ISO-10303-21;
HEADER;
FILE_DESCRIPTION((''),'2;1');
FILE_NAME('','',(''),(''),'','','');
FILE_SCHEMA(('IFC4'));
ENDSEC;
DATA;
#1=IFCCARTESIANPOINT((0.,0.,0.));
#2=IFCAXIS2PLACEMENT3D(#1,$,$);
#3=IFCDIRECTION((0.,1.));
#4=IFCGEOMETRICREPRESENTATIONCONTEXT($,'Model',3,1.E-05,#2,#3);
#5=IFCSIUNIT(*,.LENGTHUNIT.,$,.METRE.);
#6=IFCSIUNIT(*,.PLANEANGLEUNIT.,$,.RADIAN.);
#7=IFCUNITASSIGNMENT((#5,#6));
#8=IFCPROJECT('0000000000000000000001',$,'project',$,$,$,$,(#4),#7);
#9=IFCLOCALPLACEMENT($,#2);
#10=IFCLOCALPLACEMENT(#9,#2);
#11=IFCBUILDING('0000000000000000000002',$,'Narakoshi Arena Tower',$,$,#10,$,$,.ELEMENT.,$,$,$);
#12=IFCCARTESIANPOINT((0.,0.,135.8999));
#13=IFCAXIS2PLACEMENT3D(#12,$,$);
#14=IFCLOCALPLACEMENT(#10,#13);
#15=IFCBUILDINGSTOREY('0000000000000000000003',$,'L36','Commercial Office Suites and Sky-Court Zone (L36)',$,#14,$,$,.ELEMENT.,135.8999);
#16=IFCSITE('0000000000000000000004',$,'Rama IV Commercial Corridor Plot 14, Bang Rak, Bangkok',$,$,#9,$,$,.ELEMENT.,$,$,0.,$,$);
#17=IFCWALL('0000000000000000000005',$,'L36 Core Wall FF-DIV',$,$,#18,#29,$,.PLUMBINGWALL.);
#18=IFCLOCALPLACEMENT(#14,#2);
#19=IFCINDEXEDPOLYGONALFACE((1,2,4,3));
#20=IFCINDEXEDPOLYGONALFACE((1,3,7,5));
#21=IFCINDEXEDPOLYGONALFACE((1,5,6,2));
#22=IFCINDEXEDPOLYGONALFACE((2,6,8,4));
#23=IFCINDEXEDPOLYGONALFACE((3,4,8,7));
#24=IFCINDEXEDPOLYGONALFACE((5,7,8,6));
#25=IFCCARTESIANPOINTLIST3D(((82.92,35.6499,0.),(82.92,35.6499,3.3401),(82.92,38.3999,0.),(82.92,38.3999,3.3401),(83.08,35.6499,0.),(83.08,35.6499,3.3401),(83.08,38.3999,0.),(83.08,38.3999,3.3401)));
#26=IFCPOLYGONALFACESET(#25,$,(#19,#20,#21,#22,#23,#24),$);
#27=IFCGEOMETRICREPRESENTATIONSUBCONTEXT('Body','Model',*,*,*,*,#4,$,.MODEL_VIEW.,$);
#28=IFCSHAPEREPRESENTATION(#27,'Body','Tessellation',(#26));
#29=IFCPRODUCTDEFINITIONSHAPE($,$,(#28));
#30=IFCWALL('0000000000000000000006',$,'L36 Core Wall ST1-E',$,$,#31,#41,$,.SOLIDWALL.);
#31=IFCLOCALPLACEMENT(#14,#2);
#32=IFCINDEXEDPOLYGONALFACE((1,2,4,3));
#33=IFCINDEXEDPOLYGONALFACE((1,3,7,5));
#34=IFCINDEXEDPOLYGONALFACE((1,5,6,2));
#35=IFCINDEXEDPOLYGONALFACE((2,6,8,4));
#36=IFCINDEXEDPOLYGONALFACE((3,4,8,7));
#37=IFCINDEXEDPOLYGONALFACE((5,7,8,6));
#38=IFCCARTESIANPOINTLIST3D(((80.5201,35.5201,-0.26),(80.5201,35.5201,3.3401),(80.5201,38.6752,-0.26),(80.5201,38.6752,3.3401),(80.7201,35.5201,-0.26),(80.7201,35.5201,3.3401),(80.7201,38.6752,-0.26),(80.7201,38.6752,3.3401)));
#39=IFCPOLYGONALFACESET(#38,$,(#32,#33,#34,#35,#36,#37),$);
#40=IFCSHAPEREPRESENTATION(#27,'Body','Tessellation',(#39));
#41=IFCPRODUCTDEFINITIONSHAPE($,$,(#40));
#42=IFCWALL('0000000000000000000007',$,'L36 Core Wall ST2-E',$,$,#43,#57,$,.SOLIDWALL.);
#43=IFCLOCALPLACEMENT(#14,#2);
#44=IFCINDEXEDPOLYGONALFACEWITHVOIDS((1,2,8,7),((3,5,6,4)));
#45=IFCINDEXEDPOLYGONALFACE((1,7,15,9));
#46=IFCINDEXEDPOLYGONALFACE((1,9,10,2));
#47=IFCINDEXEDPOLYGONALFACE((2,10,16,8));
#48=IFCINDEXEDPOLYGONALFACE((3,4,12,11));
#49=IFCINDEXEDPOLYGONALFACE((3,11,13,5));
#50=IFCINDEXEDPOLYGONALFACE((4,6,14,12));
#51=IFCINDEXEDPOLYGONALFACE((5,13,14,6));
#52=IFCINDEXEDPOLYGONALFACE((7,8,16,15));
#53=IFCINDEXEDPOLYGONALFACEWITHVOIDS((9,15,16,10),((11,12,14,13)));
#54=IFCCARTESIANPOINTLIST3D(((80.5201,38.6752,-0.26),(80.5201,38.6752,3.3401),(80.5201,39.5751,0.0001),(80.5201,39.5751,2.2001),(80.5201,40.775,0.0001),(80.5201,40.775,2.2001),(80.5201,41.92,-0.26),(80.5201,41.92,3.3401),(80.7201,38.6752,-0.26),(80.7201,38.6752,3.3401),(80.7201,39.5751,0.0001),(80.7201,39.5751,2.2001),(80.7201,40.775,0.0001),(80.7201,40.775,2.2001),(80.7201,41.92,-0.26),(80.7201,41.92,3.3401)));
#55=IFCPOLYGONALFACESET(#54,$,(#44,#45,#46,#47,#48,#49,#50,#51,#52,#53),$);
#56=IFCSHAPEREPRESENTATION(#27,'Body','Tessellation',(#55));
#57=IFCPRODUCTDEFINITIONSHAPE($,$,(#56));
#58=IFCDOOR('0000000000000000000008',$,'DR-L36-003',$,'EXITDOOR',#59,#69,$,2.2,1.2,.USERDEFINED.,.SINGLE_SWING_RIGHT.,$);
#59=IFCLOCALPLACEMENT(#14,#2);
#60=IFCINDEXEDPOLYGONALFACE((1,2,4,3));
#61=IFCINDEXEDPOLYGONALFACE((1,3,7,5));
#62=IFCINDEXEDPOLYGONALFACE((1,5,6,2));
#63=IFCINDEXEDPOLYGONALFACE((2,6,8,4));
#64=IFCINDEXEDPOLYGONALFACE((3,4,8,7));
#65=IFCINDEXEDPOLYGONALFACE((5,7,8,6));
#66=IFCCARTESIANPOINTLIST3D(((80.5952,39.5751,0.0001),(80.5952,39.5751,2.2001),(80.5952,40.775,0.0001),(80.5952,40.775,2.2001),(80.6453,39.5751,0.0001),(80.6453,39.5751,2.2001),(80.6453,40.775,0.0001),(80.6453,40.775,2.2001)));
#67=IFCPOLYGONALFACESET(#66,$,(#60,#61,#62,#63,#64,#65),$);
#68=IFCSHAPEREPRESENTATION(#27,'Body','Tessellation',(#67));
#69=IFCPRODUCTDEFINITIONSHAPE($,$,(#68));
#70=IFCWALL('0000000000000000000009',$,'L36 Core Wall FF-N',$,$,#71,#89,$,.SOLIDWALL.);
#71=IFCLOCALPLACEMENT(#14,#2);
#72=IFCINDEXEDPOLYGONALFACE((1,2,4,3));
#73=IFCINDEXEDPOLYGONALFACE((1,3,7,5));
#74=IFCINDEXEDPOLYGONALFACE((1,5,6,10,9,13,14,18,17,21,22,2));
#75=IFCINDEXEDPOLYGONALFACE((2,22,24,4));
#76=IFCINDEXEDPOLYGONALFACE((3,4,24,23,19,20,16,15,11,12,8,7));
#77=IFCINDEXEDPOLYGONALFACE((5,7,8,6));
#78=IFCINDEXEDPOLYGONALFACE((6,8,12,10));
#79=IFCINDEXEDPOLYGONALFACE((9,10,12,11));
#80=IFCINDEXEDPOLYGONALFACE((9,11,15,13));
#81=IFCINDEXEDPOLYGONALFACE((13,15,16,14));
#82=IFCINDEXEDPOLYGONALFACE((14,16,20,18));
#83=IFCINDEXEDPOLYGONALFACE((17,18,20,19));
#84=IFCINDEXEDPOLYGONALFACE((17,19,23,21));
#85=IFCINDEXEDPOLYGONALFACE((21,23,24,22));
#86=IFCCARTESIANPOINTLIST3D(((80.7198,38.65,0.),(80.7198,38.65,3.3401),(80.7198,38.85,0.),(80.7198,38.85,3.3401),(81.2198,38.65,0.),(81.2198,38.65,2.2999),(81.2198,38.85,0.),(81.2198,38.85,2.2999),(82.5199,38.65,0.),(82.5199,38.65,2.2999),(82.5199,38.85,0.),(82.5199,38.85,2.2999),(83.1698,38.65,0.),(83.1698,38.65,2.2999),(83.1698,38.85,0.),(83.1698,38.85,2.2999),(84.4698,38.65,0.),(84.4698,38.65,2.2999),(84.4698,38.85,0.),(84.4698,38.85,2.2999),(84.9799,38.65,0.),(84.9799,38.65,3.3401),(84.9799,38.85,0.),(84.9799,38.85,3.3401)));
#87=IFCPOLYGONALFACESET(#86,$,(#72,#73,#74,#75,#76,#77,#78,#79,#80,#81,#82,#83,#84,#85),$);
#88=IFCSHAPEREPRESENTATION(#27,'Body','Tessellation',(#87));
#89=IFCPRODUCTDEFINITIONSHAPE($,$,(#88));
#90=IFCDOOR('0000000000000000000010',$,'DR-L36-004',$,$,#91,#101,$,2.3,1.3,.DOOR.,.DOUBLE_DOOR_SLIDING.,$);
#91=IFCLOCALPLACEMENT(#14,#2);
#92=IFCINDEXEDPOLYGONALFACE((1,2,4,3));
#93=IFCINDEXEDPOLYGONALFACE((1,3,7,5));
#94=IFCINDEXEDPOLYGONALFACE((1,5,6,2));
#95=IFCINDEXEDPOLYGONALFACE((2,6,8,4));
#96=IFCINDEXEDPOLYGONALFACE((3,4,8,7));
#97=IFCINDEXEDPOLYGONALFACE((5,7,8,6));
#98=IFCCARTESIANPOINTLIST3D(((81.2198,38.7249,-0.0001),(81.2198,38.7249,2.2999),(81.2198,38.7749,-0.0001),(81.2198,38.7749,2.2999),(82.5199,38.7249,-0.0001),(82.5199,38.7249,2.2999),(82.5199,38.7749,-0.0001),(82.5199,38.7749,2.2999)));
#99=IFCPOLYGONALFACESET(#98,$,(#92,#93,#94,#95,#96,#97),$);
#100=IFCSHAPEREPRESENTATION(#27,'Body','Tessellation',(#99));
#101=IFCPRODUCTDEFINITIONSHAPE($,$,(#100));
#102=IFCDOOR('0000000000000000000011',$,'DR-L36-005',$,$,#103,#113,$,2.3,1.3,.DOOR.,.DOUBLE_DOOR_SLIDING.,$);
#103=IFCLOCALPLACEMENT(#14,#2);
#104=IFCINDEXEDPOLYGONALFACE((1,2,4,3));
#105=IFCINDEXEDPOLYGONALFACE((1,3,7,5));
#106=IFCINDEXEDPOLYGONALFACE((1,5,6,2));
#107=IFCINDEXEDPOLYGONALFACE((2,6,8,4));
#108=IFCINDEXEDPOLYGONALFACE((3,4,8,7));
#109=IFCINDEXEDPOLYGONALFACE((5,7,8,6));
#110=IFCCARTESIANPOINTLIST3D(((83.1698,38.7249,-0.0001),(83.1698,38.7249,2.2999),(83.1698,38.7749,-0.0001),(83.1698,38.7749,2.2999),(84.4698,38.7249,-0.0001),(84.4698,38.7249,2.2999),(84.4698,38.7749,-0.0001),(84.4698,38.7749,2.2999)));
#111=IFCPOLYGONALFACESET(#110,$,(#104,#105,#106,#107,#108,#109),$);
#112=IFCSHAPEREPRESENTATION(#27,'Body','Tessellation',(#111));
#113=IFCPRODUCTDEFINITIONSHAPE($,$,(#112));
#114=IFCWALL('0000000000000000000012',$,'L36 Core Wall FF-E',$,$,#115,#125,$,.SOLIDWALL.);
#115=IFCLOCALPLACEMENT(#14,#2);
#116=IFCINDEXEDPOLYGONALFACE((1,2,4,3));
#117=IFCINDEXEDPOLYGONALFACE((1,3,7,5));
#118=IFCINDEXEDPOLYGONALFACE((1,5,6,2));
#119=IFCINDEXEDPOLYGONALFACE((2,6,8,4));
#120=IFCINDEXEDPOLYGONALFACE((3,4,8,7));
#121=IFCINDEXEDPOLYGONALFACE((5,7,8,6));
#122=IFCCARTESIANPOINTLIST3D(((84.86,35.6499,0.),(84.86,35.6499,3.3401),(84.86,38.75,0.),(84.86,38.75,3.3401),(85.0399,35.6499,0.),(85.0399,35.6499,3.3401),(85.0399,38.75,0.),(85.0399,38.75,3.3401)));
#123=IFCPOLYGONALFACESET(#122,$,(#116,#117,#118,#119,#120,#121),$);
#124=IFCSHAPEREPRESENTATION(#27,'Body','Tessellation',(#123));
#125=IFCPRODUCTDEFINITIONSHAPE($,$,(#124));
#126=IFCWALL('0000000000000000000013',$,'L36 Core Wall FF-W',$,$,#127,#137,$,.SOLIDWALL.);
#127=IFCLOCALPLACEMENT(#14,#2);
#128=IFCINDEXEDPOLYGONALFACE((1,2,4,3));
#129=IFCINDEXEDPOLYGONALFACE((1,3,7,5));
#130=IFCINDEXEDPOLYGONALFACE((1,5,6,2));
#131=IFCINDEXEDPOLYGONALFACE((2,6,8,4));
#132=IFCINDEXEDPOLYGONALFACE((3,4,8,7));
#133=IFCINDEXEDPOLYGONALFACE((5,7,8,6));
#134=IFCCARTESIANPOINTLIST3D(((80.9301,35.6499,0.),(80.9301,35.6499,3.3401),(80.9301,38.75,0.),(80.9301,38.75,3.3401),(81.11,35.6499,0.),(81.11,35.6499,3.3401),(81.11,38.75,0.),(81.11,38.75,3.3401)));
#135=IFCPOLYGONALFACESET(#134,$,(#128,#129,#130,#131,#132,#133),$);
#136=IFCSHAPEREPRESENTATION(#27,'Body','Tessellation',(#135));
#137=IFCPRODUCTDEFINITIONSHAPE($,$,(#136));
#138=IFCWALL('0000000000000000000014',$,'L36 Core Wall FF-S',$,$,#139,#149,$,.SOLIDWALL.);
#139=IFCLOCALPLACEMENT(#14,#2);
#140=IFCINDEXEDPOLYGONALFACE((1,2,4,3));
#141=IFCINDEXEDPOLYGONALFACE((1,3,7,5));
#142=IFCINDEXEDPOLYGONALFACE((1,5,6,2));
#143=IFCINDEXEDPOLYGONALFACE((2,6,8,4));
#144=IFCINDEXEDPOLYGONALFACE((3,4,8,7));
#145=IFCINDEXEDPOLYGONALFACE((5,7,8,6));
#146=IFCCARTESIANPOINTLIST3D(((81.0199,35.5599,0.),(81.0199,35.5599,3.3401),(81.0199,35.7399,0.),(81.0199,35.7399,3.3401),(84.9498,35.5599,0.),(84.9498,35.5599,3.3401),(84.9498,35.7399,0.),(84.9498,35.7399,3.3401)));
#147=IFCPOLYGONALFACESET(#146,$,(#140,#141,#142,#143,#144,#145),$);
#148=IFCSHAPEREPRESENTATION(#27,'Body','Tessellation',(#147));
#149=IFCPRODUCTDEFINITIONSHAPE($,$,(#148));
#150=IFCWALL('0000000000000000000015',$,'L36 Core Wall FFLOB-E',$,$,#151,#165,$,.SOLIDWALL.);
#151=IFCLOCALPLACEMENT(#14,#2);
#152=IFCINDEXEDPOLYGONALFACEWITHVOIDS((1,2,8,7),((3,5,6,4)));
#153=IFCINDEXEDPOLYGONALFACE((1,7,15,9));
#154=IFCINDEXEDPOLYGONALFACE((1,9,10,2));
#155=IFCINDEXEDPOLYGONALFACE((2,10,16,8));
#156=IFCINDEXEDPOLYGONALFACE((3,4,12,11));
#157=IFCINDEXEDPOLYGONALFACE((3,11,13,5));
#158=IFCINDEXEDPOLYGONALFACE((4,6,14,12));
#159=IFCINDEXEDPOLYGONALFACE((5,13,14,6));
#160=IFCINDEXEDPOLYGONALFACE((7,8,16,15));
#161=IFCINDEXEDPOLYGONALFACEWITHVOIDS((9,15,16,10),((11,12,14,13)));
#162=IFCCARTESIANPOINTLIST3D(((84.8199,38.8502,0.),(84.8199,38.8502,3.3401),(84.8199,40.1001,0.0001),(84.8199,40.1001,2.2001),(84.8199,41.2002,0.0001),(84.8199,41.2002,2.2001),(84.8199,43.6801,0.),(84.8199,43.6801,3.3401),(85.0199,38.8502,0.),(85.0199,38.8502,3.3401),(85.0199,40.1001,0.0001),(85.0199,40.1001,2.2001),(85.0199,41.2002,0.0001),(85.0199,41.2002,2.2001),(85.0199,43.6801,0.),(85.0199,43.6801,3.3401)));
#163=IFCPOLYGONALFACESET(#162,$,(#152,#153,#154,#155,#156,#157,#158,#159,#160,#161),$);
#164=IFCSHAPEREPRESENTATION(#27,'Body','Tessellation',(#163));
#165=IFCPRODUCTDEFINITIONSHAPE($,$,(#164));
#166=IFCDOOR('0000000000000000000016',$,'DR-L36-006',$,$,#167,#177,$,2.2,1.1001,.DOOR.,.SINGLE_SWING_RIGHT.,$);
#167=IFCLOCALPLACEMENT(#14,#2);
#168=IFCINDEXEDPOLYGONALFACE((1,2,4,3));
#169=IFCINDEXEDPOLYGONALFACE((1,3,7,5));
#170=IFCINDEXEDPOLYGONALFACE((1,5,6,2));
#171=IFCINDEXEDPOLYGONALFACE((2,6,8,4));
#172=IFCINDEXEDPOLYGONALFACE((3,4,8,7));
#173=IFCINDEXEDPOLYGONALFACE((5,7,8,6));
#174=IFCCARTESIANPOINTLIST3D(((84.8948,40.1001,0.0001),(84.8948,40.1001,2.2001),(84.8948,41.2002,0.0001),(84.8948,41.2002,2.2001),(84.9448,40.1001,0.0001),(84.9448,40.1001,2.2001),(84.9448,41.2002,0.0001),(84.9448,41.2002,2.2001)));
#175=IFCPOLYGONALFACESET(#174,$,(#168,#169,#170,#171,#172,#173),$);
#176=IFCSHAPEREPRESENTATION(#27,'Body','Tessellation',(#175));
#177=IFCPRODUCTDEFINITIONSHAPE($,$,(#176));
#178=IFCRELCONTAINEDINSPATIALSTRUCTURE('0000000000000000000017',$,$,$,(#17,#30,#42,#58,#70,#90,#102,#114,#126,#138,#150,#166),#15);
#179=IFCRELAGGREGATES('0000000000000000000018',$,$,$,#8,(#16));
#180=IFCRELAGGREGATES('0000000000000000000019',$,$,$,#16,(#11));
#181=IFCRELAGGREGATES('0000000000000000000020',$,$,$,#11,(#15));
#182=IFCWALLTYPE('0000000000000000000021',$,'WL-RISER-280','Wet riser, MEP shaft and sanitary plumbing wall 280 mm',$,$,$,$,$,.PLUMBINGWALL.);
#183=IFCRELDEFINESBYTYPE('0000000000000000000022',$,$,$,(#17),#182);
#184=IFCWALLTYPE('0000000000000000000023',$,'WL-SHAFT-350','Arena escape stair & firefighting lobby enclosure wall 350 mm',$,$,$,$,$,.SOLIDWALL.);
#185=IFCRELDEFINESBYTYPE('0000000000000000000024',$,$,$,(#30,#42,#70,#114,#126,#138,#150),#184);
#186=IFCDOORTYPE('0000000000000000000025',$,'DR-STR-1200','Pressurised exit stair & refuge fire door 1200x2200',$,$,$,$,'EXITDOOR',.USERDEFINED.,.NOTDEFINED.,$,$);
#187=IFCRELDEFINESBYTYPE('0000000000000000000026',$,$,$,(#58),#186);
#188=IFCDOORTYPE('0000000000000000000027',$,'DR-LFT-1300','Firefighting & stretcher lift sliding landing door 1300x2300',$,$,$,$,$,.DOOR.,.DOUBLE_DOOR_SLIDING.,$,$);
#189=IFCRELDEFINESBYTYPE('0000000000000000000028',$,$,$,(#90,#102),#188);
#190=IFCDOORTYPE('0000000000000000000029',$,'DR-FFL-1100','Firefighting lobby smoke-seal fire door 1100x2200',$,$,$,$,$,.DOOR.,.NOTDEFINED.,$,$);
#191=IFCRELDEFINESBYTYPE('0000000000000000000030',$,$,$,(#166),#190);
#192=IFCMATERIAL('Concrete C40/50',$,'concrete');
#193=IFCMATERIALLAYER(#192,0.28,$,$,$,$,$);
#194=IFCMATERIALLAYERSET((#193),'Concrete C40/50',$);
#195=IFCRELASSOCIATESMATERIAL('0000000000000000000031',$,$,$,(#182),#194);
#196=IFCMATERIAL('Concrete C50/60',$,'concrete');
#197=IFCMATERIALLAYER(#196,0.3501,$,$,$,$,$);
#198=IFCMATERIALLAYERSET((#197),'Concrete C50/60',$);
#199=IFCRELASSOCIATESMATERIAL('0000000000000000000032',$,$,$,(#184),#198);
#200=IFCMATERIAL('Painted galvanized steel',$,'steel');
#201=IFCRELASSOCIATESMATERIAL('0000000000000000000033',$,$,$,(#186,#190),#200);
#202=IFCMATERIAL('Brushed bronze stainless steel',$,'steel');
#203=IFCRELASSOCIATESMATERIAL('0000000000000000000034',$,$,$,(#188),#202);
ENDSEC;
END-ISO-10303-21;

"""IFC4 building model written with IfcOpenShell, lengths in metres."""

from ifc_helpers import new_model, si_unit, direction, frame, frame_2d, origin, place, context, subcontext, project, spatial, rectangle, extrude, material, layer, layer_set, type_object, element, fill, save


model = new_model("IFC4")

# Units and contexts
model_context = context("Model", 3, precision=1e-05, world=origin(), true_north=direction((0.0, 1.0)))
body_context = subcontext(model_context, "Body", "Model", "MODEL_VIEW")
ifc_project = project(units=[si_unit("LENGTHUNIT", "METRE"), si_unit("PLANEANGLEUNIT", "RADIAN")], contexts=[model_context])

# Site, building, storey
site_placement = place(None, origin())
site = spatial("IfcSite", under=ifc_project, at=site_placement, Name="Rama IV Commercial Corridor Plot 14, Bang Rak, Bangkok", CompositionType="ELEMENT", RefElevation=0.0)
building_placement = place(site_placement, origin())
building = spatial("IfcBuilding", under=site, at=building_placement, Name="Narakoshi Arena Tower", CompositionType="ELEMENT")
storey_placement = place(building_placement, frame((0.0, 0.0, 135.8999)))
storey = spatial("IfcBuildingStorey", under=building, at=storey_placement, Name="L36", Description="Commercial Office Suites and Sky-Court Zone (L36)", CompositionType="ELEMENT", Elevation=135.8999)

# Walls
ifc_material_1 = material(Name="Concrete C40/50", Category="concrete")
ifc_layer_1 = layer(ifc_material_1, 0.28)
ifc_layer_set_1 = layer_set([ifc_layer_1], Name="Concrete C40/50")
wall_type_1 = type_object("IfcWallType", Name="WL-RISER-280", Description="Wet riser, MEP shaft and sanitary plumbing wall 280 mm", PredefinedType="PLUMBINGWALL", material=ifc_layer_set_1)
wall_1_placement = place(storey_placement, frame((83.0, 35.6499, 0.0), z_axis=(0.0, 0.0, 1.0), x_axis=(0.0, 1.0, 0.0)))
element("IfcWall", 1, at=wall_1_placement, inside=storey, type_object=wall_type_1, Name="L36 Core Wall FF-DIV", PredefinedType="PLUMBINGWALL", context=body_context, shape_type="SweptSolid", body=[
    extrude(rectangle(XDim=2.75, YDim=0.1599, at=frame_2d((1.375, 0.0))), origin(), (0.0, 0.0, 1.0), 3.3401),
])
ifc_material_2 = material(Name="Concrete C50/60", Category="concrete")
ifc_layer_2 = layer(ifc_material_2, 0.3501)
ifc_layer_set_2 = layer_set([ifc_layer_2], Name="Concrete C50/60")
wall_type_2 = type_object("IfcWallType", Name="WL-SHAFT-350", Description="Arena escape stair & firefighting lobby enclosure wall 350 mm", PredefinedType="SOLIDWALL", material=ifc_layer_set_2)
wall_2_placement = place(storey_placement, frame((80.6201, 35.52, -0.26), z_axis=(0.0, 0.0, 1.0), x_axis=(0.0, 1.0, 0.0)))
element("IfcWall", 2, at=wall_2_placement, inside=storey, type_object=wall_type_2, Name="L36 Core Wall ST1-E", PredefinedType="SOLIDWALL", context=body_context, shape_type="SweptSolid", body=[
    extrude(rectangle(XDim=3.155, YDim=0.2, at=frame_2d((1.5776, 0.0))), origin(), (0.0, 0.0, 1.0), 3.6001),
])

# Wall, opening, door
wall_3_placement = place(storey_placement, frame((80.6201, 38.675, -0.26), z_axis=(0.0, 0.0, 1.0), x_axis=(0.0, 1.0, 0.0)))
wall_3 = element("IfcWall", 3, at=wall_3_placement, inside=storey, type_object=wall_type_2, Name="L36 Core Wall ST2-E", PredefinedType="SOLIDWALL", context=body_context, shape_type="SweptSolid", body=[
    extrude(rectangle(XDim=3.2449, YDim=0.2, at=frame_2d((1.6226, 0.0))), origin(), (0.0, 0.0, 1.0), 3.6001),
])
opening_1_placement = place(wall_3_placement, frame((0.8999, 0.0, 0.26)))
opening_1 = element("IfcOpeningElement", 4, at=opening_1_placement, cuts=wall_3, PredefinedType="OPENING", context=body_context, shape_type="SweptSolid", body=[
    extrude(rectangle(XDim=1.2, YDim=2.2, at=frame_2d((0.6001, 1.1001))), frame((0.0, 0.1099, 0.0), z_axis=(0.0, -1.0, 0.0), x_axis=(1.0, 0.0, 0.0)), (0.0, 0.0, 1.0), 0.22),
])
ifc_material_3 = material(Name="Painted galvanized steel", Category="steel")
door_type_1 = type_object("IfcDoorType", Name="DR-STR-1200", Description="Pressurised exit stair & refuge fire door 1200x2200", ElementType="EXITDOOR", OperationType="NOTDEFINED", PredefinedType="USERDEFINED", material=ifc_material_3)
door_1_placement = place(opening_1_placement, origin())
door_1 = element("IfcDoor", 5, at=door_1_placement, inside=storey, type_object=door_type_1, Name="DR-L36-003", ObjectType="EXITDOOR", OperationType="SINGLE_SWING_RIGHT", OverallHeight=2.2, OverallWidth=1.2, PredefinedType="USERDEFINED", context=body_context, shape_type="SweptSolid", body=[
    extrude(rectangle(XDim=1.2, YDim=2.2, at=frame_2d((0.6001, 1.1001))), frame((0.0, 0.0249, 0.0), z_axis=(0.0, -1.0, 0.0), x_axis=(1.0, 0.0, 0.0)), (0.0, 0.0, 1.0), 0.05),
])
fill(opening_1, door_1)

# Wall, openings, doors
wall_4_placement = place(storey_placement, frame((80.72, 38.75, 0.0), z_axis=(0.0, 0.0, 1.0), x_axis=(1.0, 0.0, 0.0)))
wall_4 = element("IfcWall", 6, at=wall_4_placement, inside=storey, type_object=wall_type_2, Name="L36 Core Wall FF-N", PredefinedType="SOLIDWALL", context=body_context, shape_type="SweptSolid", body=[
    extrude(rectangle(XDim=4.26, YDim=0.2, at=frame_2d((2.1299, 0.0))), origin(), (0.0, 0.0, 1.0), 3.3401),
])
opening_2_placement = place(wall_4_placement, frame((0.5, 0.0, 0.0)))
opening_2 = element("IfcOpeningElement", 7, at=opening_2_placement, cuts=wall_4, PredefinedType="OPENING", context=body_context, shape_type="SweptSolid", body=[
    extrude(rectangle(XDim=1.3, YDim=2.3, at=frame_2d((0.6499, 1.1499))), frame((0.0, 0.1099, 0.0), z_axis=(0.0, -1.0, 0.0), x_axis=(1.0, 0.0, 0.0)), (0.0, 0.0, 1.0), 0.22),
])
opening_3_placement = place(wall_4_placement, frame((2.45, 0.0, 0.0)))
opening_3 = element("IfcOpeningElement", 8, at=opening_3_placement, cuts=wall_4, PredefinedType="OPENING", context=body_context, shape_type="SweptSolid", body=[
    extrude(rectangle(XDim=1.3, YDim=2.3, at=frame_2d((0.6499, 1.1499))), frame((0.0, 0.1099, 0.0), z_axis=(0.0, -1.0, 0.0), x_axis=(1.0, 0.0, 0.0)), (0.0, 0.0, 1.0), 0.22),
])
ifc_material_4 = material(Name="Brushed bronze stainless steel", Category="steel")
door_type_2 = type_object("IfcDoorType", Name="DR-LFT-1300", Description="Firefighting & stretcher lift sliding landing door 1300x2300", OperationType="DOUBLE_DOOR_SLIDING", PredefinedType="DOOR", material=ifc_material_4)
door_2_placement = place(opening_2_placement, origin())
door_2 = element("IfcDoor", 9, at=door_2_placement, inside=storey, type_object=door_type_2, Name="DR-L36-004", OperationType="DOUBLE_DOOR_SLIDING", OverallHeight=2.3, OverallWidth=1.3, PredefinedType="DOOR", context=body_context, shape_type="SweptSolid", body=[
    extrude(rectangle(XDim=1.3, YDim=2.3, at=frame_2d((0.6499, 1.1499))), frame((0.0, 0.0249, 0.0), z_axis=(0.0, -1.0, 0.0), x_axis=(1.0, 0.0, 0.0)), (0.0, 0.0, 1.0), 0.05),
])
fill(opening_2, door_2)
door_3_placement = place(opening_3_placement, origin())
door_3 = element("IfcDoor", 10, at=door_3_placement, inside=storey, type_object=door_type_2, Name="DR-L36-005", OperationType="DOUBLE_DOOR_SLIDING", OverallHeight=2.3, OverallWidth=1.3, PredefinedType="DOOR", context=body_context, shape_type="SweptSolid", body=[
    extrude(rectangle(XDim=1.3, YDim=2.3, at=frame_2d((0.6499, 1.1499))), frame((0.0, 0.0249, 0.0), z_axis=(0.0, -1.0, 0.0), x_axis=(1.0, 0.0, 0.0)), (0.0, 0.0, 1.0), 0.05),
])
fill(opening_3, door_3)

# Walls
for number, where, z_axis, x_axis, name in (
    (11, (84.95, 35.6499, 0.0), (0.0, 0.0, 1.0), (0.0, 1.0, 0.0), "L36 Core Wall FF-E"),
    (12, (81.02, 35.6499, 0.0), (0.0, 0.0, 1.0), (0.0, 1.0, 0.0), "L36 Core Wall FF-W"),
):
    element("IfcWall", number, at=place(storey_placement, frame(where, z_axis=z_axis, x_axis=x_axis)), inside=storey, type_object=wall_type_2, Name=name, PredefinedType="SOLIDWALL", context=body_context, shape_type="SweptSolid", body=[
        extrude(rectangle(XDim=3.1001, YDim=0.1799, at=frame_2d((1.55, 0.0))), origin(), (0.0, 0.0, 1.0), 3.3401),
    ])
wall_5_placement = place(storey_placement, frame((81.02, 35.6499, 0.0), z_axis=(0.0, 0.0, 1.0), x_axis=(1.0, 0.0, 0.0)))
element("IfcWall", 13, at=wall_5_placement, inside=storey, type_object=wall_type_2, Name="L36 Core Wall FF-S", PredefinedType="SOLIDWALL", context=body_context, shape_type="SweptSolid", body=[
    extrude(rectangle(XDim=3.9299, YDim=0.1799, at=frame_2d((1.9648, 0.0))), origin(), (0.0, 0.0, 1.0), 3.3401),
])

# Wall, opening, door
wall_6_placement = place(storey_placement, frame((84.9199, 38.8501, 0.0), z_axis=(0.0, 0.0, 1.0), x_axis=(0.0, 1.0, 0.0)))
wall_6 = element("IfcWall", 14, at=wall_6_placement, inside=storey, type_object=wall_type_2, Name="L36 Core Wall FFLOB-E", PredefinedType="SOLIDWALL", context=body_context, shape_type="SweptSolid", body=[
    extrude(rectangle(XDim=4.8298, YDim=0.2, at=frame_2d((2.415, 0.0))), origin(), (0.0, 0.0, 1.0), 3.3401),
])
opening_4_placement = place(wall_6_placement, frame((1.25, 0.0, 0.0)))
opening_4 = element("IfcOpeningElement", 15, at=opening_4_placement, cuts=wall_6, PredefinedType="OPENING", context=body_context, shape_type="SweptSolid", body=[
    extrude(rectangle(XDim=1.1001, YDim=2.2, at=frame_2d((0.55, 1.1001))), frame((0.0, 0.1099, 0.0), z_axis=(0.0, -1.0, 0.0), x_axis=(1.0, 0.0, 0.0)), (0.0, 0.0, 1.0), 0.22),
])
door_type_3 = type_object("IfcDoorType", Name="DR-FFL-1100", Description="Firefighting lobby smoke-seal fire door 1100x2200", OperationType="NOTDEFINED", PredefinedType="DOOR", material=ifc_material_3)
door_4_placement = place(opening_4_placement, frame((1.1001, 0.0, 0.0), z_axis=(0.0, 0.0, 1.0), x_axis=(-1.0, 0.0, 0.0)))
door_4 = element("IfcDoor", 16, at=door_4_placement, inside=storey, type_object=door_type_3, Name="DR-L36-006", OperationType="SINGLE_SWING_RIGHT", OverallHeight=2.2, OverallWidth=1.1001, PredefinedType="DOOR", context=body_context, shape_type="SweptSolid", body=[
    extrude(rectangle(XDim=1.1001, YDim=2.2, at=frame_2d((0.55, 1.1001))), frame((0.0, 0.0249, 0.0), z_axis=(0.0, -1.0, 0.0), x_axis=(1.0, 0.0, 0.0)), (0.0, 0.0, 1.0), 0.05),
])
fill(opening_4, door_4)

save(model, "model.ifc")
